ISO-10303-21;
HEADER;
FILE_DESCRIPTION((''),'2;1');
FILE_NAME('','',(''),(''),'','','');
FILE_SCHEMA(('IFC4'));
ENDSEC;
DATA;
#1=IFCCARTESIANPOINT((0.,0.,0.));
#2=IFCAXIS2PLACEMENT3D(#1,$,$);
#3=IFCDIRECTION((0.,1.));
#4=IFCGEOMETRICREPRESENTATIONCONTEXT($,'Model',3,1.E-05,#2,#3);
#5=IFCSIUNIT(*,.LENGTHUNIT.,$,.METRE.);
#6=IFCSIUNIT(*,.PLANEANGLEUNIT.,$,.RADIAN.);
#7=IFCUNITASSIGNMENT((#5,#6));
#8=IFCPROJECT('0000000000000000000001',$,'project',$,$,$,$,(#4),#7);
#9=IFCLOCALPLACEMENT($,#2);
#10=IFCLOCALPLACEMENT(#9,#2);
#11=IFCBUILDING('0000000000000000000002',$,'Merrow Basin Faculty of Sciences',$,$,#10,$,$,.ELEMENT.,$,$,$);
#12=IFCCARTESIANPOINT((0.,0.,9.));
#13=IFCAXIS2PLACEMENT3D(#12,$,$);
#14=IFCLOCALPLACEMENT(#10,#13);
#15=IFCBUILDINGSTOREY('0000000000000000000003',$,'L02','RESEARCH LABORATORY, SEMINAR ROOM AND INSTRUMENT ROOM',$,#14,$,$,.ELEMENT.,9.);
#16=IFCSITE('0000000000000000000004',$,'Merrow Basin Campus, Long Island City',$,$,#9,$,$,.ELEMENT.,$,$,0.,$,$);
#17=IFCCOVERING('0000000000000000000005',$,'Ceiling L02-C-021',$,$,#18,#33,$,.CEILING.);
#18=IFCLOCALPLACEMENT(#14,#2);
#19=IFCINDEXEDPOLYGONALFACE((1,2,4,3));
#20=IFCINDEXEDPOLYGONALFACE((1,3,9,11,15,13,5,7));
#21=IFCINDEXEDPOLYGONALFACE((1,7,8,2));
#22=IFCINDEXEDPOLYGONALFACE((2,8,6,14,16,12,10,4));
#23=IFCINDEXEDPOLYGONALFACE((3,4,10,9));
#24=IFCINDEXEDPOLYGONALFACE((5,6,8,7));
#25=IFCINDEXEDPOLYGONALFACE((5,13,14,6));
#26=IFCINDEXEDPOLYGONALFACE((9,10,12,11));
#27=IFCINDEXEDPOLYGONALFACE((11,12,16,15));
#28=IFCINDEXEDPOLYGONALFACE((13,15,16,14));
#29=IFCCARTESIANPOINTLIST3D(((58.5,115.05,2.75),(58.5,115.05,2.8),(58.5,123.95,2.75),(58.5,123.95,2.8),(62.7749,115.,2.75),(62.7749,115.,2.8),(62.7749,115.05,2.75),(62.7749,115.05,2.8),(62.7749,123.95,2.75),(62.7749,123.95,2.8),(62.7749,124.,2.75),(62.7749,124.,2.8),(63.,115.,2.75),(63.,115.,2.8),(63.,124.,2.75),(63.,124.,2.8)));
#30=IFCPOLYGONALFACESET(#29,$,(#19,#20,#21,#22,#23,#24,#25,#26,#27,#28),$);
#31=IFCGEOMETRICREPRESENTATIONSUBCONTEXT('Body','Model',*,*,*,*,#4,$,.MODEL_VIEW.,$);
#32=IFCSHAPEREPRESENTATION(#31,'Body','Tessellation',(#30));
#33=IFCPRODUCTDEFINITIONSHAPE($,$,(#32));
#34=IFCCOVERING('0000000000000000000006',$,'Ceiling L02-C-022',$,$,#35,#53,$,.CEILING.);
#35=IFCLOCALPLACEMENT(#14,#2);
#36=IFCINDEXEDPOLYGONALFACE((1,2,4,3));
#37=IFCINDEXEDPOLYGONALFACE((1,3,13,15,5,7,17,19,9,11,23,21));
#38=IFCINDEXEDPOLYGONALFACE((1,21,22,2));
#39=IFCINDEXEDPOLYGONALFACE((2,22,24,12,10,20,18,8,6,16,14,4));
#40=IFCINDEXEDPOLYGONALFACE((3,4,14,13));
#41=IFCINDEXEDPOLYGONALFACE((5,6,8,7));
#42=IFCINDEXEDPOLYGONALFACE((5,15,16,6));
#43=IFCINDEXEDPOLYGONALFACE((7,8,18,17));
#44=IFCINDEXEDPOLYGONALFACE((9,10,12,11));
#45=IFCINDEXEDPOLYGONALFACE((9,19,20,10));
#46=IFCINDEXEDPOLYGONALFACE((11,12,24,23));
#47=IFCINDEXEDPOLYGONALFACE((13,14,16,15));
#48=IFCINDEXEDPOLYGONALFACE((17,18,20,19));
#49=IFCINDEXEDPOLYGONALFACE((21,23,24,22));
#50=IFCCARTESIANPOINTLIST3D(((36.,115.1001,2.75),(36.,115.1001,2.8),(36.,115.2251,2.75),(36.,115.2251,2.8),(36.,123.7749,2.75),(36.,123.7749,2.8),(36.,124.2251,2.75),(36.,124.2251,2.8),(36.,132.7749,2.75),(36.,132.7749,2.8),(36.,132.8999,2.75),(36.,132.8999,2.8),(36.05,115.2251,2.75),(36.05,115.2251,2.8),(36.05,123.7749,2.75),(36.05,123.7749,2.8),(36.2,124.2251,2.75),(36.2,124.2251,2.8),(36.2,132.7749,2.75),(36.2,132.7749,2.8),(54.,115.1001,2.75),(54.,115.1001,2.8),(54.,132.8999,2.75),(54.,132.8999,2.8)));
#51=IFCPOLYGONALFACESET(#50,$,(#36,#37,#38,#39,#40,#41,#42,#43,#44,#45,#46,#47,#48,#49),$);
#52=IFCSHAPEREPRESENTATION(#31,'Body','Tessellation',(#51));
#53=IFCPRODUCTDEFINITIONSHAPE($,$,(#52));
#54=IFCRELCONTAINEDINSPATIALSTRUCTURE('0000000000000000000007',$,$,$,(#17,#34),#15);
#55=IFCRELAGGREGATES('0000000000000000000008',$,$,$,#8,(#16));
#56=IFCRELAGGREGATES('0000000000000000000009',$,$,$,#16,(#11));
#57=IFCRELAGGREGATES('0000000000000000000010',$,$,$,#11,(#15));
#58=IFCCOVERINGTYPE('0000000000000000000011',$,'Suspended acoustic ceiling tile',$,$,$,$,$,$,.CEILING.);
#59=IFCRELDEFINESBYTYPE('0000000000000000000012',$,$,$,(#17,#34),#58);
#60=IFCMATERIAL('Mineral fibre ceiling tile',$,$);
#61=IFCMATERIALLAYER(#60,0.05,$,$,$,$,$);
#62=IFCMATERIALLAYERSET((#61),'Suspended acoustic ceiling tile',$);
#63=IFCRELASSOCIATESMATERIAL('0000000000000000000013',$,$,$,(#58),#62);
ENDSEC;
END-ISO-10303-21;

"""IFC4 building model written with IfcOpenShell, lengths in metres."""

from ifc_helpers import new_model, si_unit, direction, frame, origin, place, context, subcontext, project, spatial, polyline, outline, extrude, material, layer, layer_set, type_object, element, save


model = new_model("IFC4")

# Units and contexts
model_context = context("Model", 3, precision=1e-05, world=origin(), true_north=direction((0.0, 1.0)))
body_context = subcontext(model_context, "Body", "Model", "MODEL_VIEW")
ifc_project = project(units=[si_unit("LENGTHUNIT", "METRE"), si_unit("PLANEANGLEUNIT", "RADIAN")], contexts=[model_context])

# Site, building, storey
site_placement = place(None, origin())
site = spatial("IfcSite", under=ifc_project, at=site_placement, Name="Merrow Basin Campus, Long Island City", CompositionType="ELEMENT", RefElevation=0.0)
building_placement = place(site_placement, origin())
building = spatial("IfcBuilding", under=site, at=building_placement, Name="Merrow Basin Faculty of Sciences", CompositionType="ELEMENT")
storey_placement = place(building_placement, frame((0.0, 0.0, 9.0)))
storey = spatial("IfcBuildingStorey", under=building, at=storey_placement, Name="L02", Description="RESEARCH LABORATORY, SEMINAR ROOM AND INSTRUMENT ROOM", CompositionType="ELEMENT", Elevation=9.0)

# Coverings
ifc_material_1 = material(Name="Mineral fibre ceiling tile")
ifc_layer_1 = layer(ifc_material_1, 0.05)
ifc_layer_set_1 = layer_set([ifc_layer_1], Name="Suspended acoustic ceiling tile")
covering_type_1 = type_object("IfcCoveringType", Name="Suspended acoustic ceiling tile", PredefinedType="CEILING", material=ifc_layer_set_1)
covering_1_placement = place(storey_placement, frame((0.0, 0.0, 2.75)))
element("IfcCovering", 1, at=covering_1_placement, inside=storey, type_object=covering_type_1, Name="Ceiling L02-C-021", PredefinedType="CEILING", context=body_context, shape_type="SweptSolid", body=[
    extrude(outline(polyline([(63.0, 124.0), (63.0, 115.0), (62.7749, 115.0), (62.7749, 115.05), (58.5, 115.05), (58.5, 123.95), (62.7749, 123.95), (62.7749, 124.0), (63.0, 124.0)])), origin(), (0.0, 0.0, 1.0), 0.05),
])
covering_2_placement = place(storey_placement, frame((0.0, 0.0, 2.75)))
element("IfcCovering", 2, at=covering_2_placement, inside=storey, type_object=covering_type_1, Name="Ceiling L02-C-022", PredefinedType="CEILING", context=body_context, shape_type="SweptSolid", body=[
    extrude(outline(polyline([(36.0, 115.1001), (36.0, 115.2251), (36.05, 115.2251), (36.05, 123.7749), (36.0, 123.7749), (36.0, 124.2251), (36.2, 124.2251), (36.2, 132.7749), (36.0, 132.7749), (36.0, 132.8999), (54.0, 132.8999), (54.0, 115.1001), (36.0, 115.1001)])), origin(), (0.0, 0.0, 1.0), 0.05),
])

save(model, "model.ifc")
